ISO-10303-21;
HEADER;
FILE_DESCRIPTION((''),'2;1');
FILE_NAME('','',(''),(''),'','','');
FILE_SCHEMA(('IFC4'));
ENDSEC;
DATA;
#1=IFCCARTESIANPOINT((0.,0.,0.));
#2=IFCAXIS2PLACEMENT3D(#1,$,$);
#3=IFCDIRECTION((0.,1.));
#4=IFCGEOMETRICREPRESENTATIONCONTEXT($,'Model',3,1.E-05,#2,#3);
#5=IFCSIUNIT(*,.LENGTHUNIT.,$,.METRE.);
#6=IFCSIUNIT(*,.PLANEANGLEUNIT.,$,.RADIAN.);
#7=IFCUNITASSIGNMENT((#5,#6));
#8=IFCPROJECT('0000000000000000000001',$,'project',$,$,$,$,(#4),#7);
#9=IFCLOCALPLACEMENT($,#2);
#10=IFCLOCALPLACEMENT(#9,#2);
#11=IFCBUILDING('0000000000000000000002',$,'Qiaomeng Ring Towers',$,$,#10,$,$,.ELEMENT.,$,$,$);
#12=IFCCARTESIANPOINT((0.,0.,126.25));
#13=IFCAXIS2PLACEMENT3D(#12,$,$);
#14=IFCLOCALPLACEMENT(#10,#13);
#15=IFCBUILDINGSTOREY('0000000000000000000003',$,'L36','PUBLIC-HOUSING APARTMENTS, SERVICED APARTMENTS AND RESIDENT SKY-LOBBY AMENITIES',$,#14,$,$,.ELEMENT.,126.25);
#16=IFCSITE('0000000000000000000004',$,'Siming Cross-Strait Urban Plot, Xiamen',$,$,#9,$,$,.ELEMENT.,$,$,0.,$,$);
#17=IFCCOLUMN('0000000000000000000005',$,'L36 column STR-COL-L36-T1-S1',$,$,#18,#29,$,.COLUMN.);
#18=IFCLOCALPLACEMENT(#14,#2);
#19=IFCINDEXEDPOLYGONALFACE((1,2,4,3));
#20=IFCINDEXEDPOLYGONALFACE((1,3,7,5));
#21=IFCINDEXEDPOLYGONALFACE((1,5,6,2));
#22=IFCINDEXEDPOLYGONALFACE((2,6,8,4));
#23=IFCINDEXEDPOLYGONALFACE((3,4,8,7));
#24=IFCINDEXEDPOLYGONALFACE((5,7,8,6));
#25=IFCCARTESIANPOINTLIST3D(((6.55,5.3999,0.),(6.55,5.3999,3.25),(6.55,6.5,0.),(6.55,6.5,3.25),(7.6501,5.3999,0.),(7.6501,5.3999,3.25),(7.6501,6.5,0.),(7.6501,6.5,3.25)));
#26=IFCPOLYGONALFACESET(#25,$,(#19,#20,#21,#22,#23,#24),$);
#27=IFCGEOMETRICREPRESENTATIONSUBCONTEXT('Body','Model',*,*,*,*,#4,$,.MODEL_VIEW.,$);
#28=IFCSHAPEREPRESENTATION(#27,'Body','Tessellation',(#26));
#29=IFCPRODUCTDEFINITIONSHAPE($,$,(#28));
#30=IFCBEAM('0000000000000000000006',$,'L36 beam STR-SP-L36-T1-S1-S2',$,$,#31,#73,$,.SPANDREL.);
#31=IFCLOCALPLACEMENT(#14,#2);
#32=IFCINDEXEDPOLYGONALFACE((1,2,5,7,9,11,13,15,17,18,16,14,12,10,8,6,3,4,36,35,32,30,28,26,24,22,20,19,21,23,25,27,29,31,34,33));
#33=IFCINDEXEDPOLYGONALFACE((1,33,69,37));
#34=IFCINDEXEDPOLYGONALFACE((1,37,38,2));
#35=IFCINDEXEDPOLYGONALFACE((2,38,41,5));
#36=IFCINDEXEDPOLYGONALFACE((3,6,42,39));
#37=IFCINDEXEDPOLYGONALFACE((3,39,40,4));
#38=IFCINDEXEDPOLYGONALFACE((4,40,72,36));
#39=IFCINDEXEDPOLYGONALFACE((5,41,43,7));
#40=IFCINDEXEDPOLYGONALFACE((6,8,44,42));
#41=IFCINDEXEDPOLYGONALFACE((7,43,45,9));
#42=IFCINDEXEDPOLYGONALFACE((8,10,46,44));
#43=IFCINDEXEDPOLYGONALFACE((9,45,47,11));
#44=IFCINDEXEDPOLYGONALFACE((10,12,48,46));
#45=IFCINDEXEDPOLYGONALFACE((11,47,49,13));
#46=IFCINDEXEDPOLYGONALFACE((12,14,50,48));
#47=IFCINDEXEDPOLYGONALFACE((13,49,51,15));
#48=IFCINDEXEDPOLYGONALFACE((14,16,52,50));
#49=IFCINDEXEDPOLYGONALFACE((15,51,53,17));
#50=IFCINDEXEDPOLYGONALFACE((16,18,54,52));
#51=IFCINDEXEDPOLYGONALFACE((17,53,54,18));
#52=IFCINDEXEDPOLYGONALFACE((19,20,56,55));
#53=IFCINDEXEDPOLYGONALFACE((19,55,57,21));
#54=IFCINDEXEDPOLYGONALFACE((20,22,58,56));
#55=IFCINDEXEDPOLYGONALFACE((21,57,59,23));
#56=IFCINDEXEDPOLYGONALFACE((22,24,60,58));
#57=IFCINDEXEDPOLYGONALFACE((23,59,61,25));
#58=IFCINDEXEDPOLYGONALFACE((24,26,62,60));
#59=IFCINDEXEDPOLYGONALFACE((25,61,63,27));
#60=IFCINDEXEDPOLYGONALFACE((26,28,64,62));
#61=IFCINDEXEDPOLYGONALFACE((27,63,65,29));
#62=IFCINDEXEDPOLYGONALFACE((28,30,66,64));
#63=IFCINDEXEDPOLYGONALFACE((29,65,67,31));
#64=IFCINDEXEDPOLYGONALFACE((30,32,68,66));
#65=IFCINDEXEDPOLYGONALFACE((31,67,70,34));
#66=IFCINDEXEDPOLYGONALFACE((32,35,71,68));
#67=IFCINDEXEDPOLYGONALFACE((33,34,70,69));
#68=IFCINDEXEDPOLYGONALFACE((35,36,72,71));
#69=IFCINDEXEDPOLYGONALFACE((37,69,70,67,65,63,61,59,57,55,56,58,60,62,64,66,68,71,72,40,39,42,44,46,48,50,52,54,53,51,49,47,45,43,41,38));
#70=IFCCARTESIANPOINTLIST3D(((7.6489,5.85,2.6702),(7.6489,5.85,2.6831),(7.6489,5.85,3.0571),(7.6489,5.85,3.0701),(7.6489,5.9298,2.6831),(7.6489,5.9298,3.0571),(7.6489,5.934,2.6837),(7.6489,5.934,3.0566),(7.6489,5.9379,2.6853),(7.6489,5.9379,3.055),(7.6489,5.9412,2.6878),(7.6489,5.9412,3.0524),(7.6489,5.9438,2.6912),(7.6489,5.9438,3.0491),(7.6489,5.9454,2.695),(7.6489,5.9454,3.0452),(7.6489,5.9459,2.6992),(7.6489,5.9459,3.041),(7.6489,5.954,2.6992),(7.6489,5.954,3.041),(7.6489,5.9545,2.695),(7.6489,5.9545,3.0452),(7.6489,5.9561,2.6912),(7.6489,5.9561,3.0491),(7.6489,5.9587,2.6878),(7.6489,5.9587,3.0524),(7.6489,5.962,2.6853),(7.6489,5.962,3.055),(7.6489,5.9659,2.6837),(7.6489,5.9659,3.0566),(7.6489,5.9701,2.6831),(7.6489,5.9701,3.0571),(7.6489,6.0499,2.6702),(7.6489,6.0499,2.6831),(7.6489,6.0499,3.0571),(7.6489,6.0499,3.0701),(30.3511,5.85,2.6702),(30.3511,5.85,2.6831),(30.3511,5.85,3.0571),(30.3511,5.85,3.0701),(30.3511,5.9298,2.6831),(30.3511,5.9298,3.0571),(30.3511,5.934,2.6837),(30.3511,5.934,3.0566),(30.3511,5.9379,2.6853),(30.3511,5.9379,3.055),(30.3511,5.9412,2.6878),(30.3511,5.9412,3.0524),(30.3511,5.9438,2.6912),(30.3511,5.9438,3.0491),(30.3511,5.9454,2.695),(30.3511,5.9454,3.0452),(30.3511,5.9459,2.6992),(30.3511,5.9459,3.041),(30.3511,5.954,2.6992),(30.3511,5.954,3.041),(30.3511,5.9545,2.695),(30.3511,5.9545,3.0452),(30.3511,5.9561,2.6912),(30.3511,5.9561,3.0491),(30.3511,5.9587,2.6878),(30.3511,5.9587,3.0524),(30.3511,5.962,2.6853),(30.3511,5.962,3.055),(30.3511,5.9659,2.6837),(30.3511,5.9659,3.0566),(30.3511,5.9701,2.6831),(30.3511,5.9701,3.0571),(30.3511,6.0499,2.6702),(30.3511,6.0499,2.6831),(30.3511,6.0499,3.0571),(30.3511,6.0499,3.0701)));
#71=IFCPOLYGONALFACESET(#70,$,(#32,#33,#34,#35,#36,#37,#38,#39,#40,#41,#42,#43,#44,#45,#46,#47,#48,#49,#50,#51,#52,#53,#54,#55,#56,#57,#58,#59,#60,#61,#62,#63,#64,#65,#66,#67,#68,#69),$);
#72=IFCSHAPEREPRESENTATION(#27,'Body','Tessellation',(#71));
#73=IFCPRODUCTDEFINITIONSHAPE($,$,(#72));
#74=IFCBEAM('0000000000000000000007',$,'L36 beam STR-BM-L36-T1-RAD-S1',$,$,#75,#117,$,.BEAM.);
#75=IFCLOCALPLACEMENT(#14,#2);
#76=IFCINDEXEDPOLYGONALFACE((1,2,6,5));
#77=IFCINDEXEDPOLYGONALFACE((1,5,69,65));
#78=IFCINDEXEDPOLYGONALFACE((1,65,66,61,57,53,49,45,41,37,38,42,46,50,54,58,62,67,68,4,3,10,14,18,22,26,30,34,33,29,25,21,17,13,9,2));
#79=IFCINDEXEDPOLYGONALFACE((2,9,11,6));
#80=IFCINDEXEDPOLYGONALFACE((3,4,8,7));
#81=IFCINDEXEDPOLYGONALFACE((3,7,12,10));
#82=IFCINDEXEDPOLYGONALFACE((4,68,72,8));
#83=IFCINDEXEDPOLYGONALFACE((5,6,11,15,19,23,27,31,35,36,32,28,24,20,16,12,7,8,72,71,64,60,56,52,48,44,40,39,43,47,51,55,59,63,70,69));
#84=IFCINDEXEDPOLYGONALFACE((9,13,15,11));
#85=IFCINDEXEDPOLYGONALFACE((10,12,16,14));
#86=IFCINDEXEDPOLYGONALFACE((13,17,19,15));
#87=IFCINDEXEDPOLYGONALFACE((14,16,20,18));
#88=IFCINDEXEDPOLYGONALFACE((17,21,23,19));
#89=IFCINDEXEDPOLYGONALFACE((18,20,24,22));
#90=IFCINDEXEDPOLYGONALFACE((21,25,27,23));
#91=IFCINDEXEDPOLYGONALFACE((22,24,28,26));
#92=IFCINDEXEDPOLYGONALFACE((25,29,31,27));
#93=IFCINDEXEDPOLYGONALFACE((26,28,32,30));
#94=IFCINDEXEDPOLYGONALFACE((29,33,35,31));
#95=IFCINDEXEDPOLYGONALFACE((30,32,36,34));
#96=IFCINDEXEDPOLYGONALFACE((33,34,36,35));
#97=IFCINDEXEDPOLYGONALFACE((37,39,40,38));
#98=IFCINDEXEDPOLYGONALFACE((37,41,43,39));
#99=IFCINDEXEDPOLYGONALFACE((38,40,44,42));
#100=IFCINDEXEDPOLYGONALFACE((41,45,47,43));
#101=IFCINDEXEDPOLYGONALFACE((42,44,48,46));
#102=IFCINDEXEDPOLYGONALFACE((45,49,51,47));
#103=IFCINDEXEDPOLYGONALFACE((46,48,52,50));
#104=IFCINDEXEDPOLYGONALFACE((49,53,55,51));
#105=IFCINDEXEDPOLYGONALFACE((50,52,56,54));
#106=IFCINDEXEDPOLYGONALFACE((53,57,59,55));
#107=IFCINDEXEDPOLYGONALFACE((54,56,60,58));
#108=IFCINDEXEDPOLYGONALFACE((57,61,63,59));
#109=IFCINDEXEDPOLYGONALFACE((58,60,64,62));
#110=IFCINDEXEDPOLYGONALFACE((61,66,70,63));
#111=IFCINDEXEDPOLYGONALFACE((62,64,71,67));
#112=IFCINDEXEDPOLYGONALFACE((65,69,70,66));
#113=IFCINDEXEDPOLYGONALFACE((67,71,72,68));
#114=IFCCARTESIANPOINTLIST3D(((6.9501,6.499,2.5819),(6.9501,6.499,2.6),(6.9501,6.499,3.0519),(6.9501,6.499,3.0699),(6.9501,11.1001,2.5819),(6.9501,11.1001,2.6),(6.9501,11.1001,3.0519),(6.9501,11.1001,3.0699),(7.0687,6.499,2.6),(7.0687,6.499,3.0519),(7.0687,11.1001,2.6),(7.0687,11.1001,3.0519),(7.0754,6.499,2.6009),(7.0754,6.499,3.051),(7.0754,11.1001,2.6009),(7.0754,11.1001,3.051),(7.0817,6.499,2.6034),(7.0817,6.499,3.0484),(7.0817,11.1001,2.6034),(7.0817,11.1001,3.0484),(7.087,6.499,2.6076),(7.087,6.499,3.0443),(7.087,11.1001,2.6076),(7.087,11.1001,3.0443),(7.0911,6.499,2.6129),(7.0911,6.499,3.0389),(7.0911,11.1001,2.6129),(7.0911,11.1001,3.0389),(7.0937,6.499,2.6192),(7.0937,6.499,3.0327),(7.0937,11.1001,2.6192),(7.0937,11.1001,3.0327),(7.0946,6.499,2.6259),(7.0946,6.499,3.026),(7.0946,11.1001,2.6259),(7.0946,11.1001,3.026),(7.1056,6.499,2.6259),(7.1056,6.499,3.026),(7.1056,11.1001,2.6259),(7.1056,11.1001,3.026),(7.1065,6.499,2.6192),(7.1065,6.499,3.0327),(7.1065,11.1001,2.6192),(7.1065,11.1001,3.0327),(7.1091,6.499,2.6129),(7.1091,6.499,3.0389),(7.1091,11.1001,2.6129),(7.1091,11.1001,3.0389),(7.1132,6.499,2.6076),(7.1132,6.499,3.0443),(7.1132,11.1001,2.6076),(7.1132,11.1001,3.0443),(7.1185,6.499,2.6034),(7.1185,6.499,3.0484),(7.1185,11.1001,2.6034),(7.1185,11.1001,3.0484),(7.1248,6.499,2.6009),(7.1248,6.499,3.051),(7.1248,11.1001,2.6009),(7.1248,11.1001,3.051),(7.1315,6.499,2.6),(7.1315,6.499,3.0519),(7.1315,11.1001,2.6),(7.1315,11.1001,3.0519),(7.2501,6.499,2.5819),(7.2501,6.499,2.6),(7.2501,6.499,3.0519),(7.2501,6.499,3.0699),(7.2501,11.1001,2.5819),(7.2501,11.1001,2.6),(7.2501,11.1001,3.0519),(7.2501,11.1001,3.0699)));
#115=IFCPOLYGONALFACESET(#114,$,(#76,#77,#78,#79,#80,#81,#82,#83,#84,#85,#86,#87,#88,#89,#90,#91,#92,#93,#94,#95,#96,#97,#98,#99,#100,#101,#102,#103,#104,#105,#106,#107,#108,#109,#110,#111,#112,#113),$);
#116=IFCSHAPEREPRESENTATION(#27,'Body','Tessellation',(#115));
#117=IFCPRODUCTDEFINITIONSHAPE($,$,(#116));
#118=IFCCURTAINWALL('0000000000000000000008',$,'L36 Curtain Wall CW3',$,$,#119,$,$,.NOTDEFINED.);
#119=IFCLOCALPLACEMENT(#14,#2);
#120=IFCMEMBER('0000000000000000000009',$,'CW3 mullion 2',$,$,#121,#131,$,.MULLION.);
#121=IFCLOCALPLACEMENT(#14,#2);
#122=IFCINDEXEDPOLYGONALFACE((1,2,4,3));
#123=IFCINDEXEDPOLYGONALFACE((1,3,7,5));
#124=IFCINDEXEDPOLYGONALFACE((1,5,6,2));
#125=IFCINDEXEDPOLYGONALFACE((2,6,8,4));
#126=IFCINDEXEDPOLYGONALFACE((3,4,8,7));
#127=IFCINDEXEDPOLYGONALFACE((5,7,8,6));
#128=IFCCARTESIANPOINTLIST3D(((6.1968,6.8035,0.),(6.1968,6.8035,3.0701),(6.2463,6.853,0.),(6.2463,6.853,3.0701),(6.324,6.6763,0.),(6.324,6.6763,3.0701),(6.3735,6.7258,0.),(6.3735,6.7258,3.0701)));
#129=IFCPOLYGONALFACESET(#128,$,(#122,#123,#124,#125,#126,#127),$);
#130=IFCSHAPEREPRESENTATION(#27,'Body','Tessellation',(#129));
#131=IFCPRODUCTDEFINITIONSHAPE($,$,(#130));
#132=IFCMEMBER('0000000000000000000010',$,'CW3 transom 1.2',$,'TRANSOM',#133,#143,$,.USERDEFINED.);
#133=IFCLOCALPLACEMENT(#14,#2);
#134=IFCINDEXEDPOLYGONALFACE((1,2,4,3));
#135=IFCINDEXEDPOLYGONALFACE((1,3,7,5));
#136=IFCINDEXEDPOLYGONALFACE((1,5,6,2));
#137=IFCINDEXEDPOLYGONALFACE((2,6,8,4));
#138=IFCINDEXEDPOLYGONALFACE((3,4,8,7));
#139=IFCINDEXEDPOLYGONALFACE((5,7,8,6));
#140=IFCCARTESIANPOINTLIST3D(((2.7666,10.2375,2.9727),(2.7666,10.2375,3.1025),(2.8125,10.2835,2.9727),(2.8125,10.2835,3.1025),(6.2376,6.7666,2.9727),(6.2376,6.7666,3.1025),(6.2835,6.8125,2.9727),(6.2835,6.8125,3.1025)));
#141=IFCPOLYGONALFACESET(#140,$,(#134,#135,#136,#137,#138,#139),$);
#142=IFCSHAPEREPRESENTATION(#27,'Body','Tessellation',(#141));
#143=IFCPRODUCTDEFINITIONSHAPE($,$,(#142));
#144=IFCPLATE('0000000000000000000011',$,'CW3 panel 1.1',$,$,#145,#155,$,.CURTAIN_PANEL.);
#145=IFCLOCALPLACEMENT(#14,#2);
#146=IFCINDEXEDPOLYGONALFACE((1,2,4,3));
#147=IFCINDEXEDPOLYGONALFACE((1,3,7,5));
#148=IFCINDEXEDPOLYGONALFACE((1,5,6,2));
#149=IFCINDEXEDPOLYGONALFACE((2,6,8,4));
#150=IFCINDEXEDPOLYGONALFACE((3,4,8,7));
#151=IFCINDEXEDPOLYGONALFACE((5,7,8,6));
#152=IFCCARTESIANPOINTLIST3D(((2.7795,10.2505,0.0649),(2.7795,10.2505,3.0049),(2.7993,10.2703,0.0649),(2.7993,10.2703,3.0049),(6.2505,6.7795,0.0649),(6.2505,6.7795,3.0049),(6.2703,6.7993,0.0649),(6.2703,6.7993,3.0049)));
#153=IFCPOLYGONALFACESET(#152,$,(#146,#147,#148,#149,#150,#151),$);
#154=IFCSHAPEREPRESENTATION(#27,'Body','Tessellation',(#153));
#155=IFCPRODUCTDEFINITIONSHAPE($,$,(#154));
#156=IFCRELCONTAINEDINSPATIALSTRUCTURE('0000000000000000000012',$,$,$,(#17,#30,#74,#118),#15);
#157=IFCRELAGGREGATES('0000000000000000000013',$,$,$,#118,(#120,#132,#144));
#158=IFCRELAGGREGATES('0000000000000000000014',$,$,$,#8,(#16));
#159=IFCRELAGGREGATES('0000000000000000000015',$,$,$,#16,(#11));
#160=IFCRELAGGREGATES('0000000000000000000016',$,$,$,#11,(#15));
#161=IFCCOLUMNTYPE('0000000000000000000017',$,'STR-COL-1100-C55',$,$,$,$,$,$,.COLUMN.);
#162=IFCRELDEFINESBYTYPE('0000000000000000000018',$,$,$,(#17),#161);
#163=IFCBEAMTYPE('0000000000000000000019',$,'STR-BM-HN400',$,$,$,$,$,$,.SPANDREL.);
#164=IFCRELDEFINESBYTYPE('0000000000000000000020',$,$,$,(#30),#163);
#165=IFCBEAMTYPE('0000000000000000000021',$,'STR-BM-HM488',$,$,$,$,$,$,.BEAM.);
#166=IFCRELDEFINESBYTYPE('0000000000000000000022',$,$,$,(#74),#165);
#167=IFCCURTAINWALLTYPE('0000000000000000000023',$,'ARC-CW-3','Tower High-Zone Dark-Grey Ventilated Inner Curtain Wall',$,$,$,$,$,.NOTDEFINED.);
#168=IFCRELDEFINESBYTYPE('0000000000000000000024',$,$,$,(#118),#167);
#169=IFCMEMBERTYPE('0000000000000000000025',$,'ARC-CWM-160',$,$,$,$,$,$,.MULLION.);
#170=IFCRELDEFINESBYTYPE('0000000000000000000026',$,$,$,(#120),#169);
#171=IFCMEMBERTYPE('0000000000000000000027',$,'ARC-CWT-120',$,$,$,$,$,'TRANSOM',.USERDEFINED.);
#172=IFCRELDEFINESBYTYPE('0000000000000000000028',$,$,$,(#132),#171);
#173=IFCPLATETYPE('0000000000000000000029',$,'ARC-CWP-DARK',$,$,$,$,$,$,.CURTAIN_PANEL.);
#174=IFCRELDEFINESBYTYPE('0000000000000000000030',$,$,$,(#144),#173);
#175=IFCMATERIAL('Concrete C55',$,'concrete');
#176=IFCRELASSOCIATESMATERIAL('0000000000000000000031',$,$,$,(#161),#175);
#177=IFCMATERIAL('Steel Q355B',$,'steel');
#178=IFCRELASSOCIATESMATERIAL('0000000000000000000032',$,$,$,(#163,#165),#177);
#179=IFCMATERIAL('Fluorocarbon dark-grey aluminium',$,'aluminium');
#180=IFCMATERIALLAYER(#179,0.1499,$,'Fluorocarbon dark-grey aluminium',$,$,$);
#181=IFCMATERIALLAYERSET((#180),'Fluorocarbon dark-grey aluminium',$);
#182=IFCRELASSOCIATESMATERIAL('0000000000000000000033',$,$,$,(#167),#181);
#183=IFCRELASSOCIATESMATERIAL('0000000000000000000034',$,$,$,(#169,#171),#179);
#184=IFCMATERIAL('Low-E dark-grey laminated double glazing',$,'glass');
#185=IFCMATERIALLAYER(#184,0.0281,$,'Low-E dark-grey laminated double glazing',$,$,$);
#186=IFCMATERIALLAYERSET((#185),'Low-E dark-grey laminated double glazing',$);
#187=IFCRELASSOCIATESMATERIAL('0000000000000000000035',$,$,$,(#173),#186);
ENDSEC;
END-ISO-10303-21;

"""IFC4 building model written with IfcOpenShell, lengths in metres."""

from ifc_helpers import new_model, si_unit, direction, frame, origin, origin_2d, place, context, subcontext, project, spatial, rectangle, i_section, extrude, source, transform, mapped, material, layer, layer_set, material_profile, profile_set, type_object, element, aggregate, save


model = new_model("IFC4")

# Units and contexts
model_context = context("Model", 3, precision=1e-05, world=origin(), true_north=direction((0.0, 1.0)))
body_context = subcontext(model_context, "Body", "Model", "MODEL_VIEW")
ifc_project = project(units=[si_unit("LENGTHUNIT", "METRE"), si_unit("PLANEANGLEUNIT", "RADIAN")], contexts=[model_context])

# Site, building, storey
site_placement = place(None, origin())
site = spatial("IfcSite", under=ifc_project, at=site_placement, Name="Siming Cross-Strait Urban Plot, Xiamen", CompositionType="ELEMENT", RefElevation=0.0)
building_placement = place(site_placement, origin())
building = spatial("IfcBuilding", under=site, at=building_placement, Name="Qiaomeng Ring Towers", CompositionType="ELEMENT")
storey_placement = place(building_placement, frame((0.0, 0.0, 126.25)))
storey = spatial("IfcBuildingStorey", under=building, at=storey_placement, Name="L36", Description="PUBLIC-HOUSING APARTMENTS, SERVICED APARTMENTS AND RESIDENT SKY-LOBBY AMENITIES", CompositionType="ELEMENT", Elevation=126.25)

# Column
ifc_material_1 = material(Name="Concrete C55", Category="concrete")
ifc_material_profile_1 = material_profile(ifc_material_1, rectangle(XDim=1.1001, YDim=1.1001, at=origin_2d()), Name="RC COL 1100x1100")
ifc_profile_set_1 = profile_set([ifc_material_profile_1], Name="Concrete C55")
column_type = type_object("IfcColumnType", Name="STR-COL-1100-C55", PredefinedType="COLUMN", material=ifc_profile_set_1)
shared_shape_1 = source(origin(), body_context, "Body", "SweptSolid", [
    extrude(rectangle(XDim=1.1001, YDim=1.1001, at=origin_2d()), origin(), (0.0, 0.0, 1.0), 3.25),
])
column_placement = place(storey_placement, frame((7.1001, 5.95, 0.0), z_axis=(0.0, 0.0, 1.0), x_axis=(1.0, 0.0, 0.0)))
element("IfcColumn", 1, at=column_placement, inside=storey, type_object=column_type, Name="L36 column STR-COL-L36-T1-S1", PredefinedType="COLUMN", context=body_context, shape_type="MappedRepresentation", body=[
    mapped(shared_shape_1, transform((0.0, 0.0, 0.0), x_axis=(1.0, 0.0, 0.0), y_axis=(0.0, 1.0, 0.0), z_axis=(0.0, 0.0, 1.0), scale=1.0)),
])

# Beams
ifc_material_2 = material(Name="Steel Q355B", Category="steel")
ifc_material_profile_2 = material_profile(ifc_material_2, i_section(OverallWidth=0.2, OverallDepth=0.3999, WebThickness=0.0081, FlangeThickness=0.0129, FilletRadius=0.0161, at=origin_2d()), Name="HN 400x200x8x13")
ifc_profile_set_2 = profile_set([ifc_material_profile_2], Name="Steel Q355B")
beam_type_1 = type_object("IfcBeamType", Name="STR-BM-HN400", PredefinedType="SPANDREL", material=ifc_profile_set_2)
shared_shape_2 = source(origin(), body_context, "Body", "SweptSolid", [
    extrude(i_section(OverallWidth=0.2, OverallDepth=0.3999, WebThickness=0.0081, FlangeThickness=0.0129, FilletRadius=0.0161, at=origin_2d()), origin(), (0.0, 0.0, 1.0), 22.7021),
])
beam_1_placement = place(storey_placement, frame((7.6489, 5.95, 2.8701), z_axis=(1.0, 0.0, 0.0), x_axis=(0.0, 1.0, 0.0)))
element("IfcBeam", 2, at=beam_1_placement, inside=storey, type_object=beam_type_1, Name="L36 beam STR-SP-L36-T1-S1-S2", PredefinedType="SPANDREL", context=body_context, shape_type="MappedRepresentation", body=[
    mapped(shared_shape_2, transform((0.0, 0.0, 0.0), x_axis=(1.0, 0.0, 0.0), y_axis=(0.0, 1.0, 0.0), z_axis=(0.0, 0.0, 1.0), scale=1.0)),
])
ifc_material_profile_3 = material_profile(ifc_material_2, i_section(OverallWidth=0.3, OverallDepth=0.488, WebThickness=0.011, FlangeThickness=0.0181, FilletRadius=0.0259, at=origin_2d()), Name="HM 488x300x11x18")
ifc_profile_set_3 = profile_set([ifc_material_profile_3], Name="Steel Q355B")
beam_type_2 = type_object("IfcBeamType", Name="STR-BM-HM488", PredefinedType="BEAM", material=ifc_profile_set_3)
shared_shape_3 = source(origin(), body_context, "Body", "SweptSolid", [
    extrude(i_section(OverallWidth=0.3, OverallDepth=0.488, WebThickness=0.011, FlangeThickness=0.0181, FilletRadius=0.0259, at=origin_2d()), origin(), (0.0, 0.0, 1.0), 4.6011),
])
beam_2_placement = place(storey_placement, frame((7.1001, 6.499, 2.8259), z_axis=(0.0, 1.0, 0.0), x_axis=(-1.0, 0.0, 0.0)))
element("IfcBeam", 3, at=beam_2_placement, inside=storey, type_object=beam_type_2, Name="L36 beam STR-BM-L36-T1-RAD-S1", PredefinedType="BEAM", context=body_context, shape_type="MappedRepresentation", body=[
    mapped(shared_shape_3, transform((0.0, 0.0, 0.0), x_axis=(1.0, 0.0, 0.0), y_axis=(0.0, 1.0, 0.0), z_axis=(0.0, 0.0, 1.0), scale=1.0)),
])

# Curtain wall, members, plate
ifc_material_3 = material(Name="Fluorocarbon dark-grey aluminium", Category="aluminium")
ifc_layer_1 = layer(ifc_material_3, 0.1499, Name="Fluorocarbon dark-grey aluminium")
ifc_layer_set_1 = layer_set([ifc_layer_1], Name="Fluorocarbon dark-grey aluminium")
curtain_wall_type = type_object("IfcCurtainWallType", Name="ARC-CW-3", Description="Tower High-Zone Dark-Grey Ventilated Inner Curtain Wall", PredefinedType="NOTDEFINED", material=ifc_layer_set_1)
curtain_wall_placement = place(storey_placement, origin())
curtain_wall = element("IfcCurtainWall", 4, at=curtain_wall_placement, inside=storey, type_object=curtain_wall_type, Name="L36 Curtain Wall CW3", PredefinedType="NOTDEFINED")
ifc_material_profile_4 = material_profile(ifc_material_3, rectangle(XDim=0.0701, YDim=0.1799, at=origin_2d()), Name="ALU MULL 70x180")
ifc_profile_set_4 = profile_set([ifc_material_profile_4], Name="Fluorocarbon dark-grey aluminium")
member_type_1 = type_object("IfcMemberType", Name="ARC-CWM-160", PredefinedType="MULLION", material=ifc_profile_set_4)
shared_shape_4 = source(origin(), body_context, "Body", "SweptSolid", [
    extrude(rectangle(XDim=0.0701, YDim=0.1799, at=origin_2d()), origin(), (0.0, 0.0, 1.0), 3.0701),
])
member_1_placement = place(storey_placement, frame((6.2852, 6.7646, 0.0), z_axis=(0.0, 0.0, 1.0), x_axis=(0.707107, 0.707107, 0.0)))
member_1 = element("IfcMember", 5, at=member_1_placement, type_object=member_type_1, Name="CW3 mullion 2", PredefinedType="MULLION", context=body_context, shape_type="MappedRepresentation", body=[
    mapped(shared_shape_4, transform((0.0, 0.0, 0.0), x_axis=(1.0, 0.0, 0.0), y_axis=(0.0, 1.0, 0.0), z_axis=(0.0, 0.0, 1.0), scale=1.0)),
])
ifc_material_profile_5 = material_profile(ifc_material_3, rectangle(XDim=0.0649, YDim=0.1299, at=origin_2d()), Name="ALU TRAN 65x130")
ifc_profile_set_5 = profile_set([ifc_material_profile_5], Name="Fluorocarbon dark-grey aluminium")
member_type_2 = type_object("IfcMemberType", Name="ARC-CWT-120", ElementType="TRANSOM", PredefinedType="USERDEFINED", material=ifc_profile_set_5)
shared_shape_5 = source(origin(), body_context, "Body", "SweptSolid", [
    extrude(rectangle(XDim=0.0649, YDim=0.1299, at=origin_2d()), origin(), (0.0, 0.0, 1.0), 4.9087),
])
member_2_placement = place(storey_placement, frame((2.7896, 10.2605, 3.0376), z_axis=(0.707107, -0.707107, 0.0), x_axis=(0.707107, 0.707107, 0.0)))
member_2 = element("IfcMember", 6, at=member_2_placement, type_object=member_type_2, Name="CW3 transom 1.2", ObjectType="TRANSOM", PredefinedType="USERDEFINED", context=body_context, shape_type="MappedRepresentation", body=[
    mapped(shared_shape_5, transform((0.0, 0.0, 0.0), x_axis=(1.0, 0.0, 0.0), y_axis=(0.0, 1.0, 0.0), z_axis=(0.0, 0.0, 1.0), scale=1.0)),
])
ifc_material_4 = material(Name="Low-E dark-grey laminated double glazing", Category="glass")
ifc_layer_2 = layer(ifc_material_4, 0.0281, Name="Low-E dark-grey laminated double glazing")
ifc_layer_set_2 = layer_set([ifc_layer_2], Name="Low-E dark-grey laminated double glazing")
plate_type = type_object("IfcPlateType", Name="ARC-CWP-DARK", PredefinedType="CURTAIN_PANEL", material=ifc_layer_set_2)
shared_shape_6 = source(origin(), body_context, "Body", "SweptSolid", [
    extrude(rectangle(XDim=4.9087, YDim=0.0281, at=origin_2d()), origin(), (0.0, 0.0, 1.0), 2.9399),
])
plate_placement = place(storey_placement, frame((4.5249, 8.5249, 0.0649), z_axis=(0.0, 0.0, 1.0), x_axis=(0.707107, -0.707107, 0.0)))
plate = element("IfcPlate", 7, at=plate_placement, type_object=plate_type, Name="CW3 panel 1.1", PredefinedType="CURTAIN_PANEL", context=body_context, shape_type="MappedRepresentation", body=[
    mapped(shared_shape_6, transform((0.0, 0.0, 0.0), x_axis=(1.0, 0.0, 0.0), y_axis=(0.0, 1.0, 0.0), z_axis=(0.0, 0.0, 1.0), scale=1.0)),
])
aggregate(curtain_wall, [member_1, member_2, plate])

save(model, "model.ifc")
